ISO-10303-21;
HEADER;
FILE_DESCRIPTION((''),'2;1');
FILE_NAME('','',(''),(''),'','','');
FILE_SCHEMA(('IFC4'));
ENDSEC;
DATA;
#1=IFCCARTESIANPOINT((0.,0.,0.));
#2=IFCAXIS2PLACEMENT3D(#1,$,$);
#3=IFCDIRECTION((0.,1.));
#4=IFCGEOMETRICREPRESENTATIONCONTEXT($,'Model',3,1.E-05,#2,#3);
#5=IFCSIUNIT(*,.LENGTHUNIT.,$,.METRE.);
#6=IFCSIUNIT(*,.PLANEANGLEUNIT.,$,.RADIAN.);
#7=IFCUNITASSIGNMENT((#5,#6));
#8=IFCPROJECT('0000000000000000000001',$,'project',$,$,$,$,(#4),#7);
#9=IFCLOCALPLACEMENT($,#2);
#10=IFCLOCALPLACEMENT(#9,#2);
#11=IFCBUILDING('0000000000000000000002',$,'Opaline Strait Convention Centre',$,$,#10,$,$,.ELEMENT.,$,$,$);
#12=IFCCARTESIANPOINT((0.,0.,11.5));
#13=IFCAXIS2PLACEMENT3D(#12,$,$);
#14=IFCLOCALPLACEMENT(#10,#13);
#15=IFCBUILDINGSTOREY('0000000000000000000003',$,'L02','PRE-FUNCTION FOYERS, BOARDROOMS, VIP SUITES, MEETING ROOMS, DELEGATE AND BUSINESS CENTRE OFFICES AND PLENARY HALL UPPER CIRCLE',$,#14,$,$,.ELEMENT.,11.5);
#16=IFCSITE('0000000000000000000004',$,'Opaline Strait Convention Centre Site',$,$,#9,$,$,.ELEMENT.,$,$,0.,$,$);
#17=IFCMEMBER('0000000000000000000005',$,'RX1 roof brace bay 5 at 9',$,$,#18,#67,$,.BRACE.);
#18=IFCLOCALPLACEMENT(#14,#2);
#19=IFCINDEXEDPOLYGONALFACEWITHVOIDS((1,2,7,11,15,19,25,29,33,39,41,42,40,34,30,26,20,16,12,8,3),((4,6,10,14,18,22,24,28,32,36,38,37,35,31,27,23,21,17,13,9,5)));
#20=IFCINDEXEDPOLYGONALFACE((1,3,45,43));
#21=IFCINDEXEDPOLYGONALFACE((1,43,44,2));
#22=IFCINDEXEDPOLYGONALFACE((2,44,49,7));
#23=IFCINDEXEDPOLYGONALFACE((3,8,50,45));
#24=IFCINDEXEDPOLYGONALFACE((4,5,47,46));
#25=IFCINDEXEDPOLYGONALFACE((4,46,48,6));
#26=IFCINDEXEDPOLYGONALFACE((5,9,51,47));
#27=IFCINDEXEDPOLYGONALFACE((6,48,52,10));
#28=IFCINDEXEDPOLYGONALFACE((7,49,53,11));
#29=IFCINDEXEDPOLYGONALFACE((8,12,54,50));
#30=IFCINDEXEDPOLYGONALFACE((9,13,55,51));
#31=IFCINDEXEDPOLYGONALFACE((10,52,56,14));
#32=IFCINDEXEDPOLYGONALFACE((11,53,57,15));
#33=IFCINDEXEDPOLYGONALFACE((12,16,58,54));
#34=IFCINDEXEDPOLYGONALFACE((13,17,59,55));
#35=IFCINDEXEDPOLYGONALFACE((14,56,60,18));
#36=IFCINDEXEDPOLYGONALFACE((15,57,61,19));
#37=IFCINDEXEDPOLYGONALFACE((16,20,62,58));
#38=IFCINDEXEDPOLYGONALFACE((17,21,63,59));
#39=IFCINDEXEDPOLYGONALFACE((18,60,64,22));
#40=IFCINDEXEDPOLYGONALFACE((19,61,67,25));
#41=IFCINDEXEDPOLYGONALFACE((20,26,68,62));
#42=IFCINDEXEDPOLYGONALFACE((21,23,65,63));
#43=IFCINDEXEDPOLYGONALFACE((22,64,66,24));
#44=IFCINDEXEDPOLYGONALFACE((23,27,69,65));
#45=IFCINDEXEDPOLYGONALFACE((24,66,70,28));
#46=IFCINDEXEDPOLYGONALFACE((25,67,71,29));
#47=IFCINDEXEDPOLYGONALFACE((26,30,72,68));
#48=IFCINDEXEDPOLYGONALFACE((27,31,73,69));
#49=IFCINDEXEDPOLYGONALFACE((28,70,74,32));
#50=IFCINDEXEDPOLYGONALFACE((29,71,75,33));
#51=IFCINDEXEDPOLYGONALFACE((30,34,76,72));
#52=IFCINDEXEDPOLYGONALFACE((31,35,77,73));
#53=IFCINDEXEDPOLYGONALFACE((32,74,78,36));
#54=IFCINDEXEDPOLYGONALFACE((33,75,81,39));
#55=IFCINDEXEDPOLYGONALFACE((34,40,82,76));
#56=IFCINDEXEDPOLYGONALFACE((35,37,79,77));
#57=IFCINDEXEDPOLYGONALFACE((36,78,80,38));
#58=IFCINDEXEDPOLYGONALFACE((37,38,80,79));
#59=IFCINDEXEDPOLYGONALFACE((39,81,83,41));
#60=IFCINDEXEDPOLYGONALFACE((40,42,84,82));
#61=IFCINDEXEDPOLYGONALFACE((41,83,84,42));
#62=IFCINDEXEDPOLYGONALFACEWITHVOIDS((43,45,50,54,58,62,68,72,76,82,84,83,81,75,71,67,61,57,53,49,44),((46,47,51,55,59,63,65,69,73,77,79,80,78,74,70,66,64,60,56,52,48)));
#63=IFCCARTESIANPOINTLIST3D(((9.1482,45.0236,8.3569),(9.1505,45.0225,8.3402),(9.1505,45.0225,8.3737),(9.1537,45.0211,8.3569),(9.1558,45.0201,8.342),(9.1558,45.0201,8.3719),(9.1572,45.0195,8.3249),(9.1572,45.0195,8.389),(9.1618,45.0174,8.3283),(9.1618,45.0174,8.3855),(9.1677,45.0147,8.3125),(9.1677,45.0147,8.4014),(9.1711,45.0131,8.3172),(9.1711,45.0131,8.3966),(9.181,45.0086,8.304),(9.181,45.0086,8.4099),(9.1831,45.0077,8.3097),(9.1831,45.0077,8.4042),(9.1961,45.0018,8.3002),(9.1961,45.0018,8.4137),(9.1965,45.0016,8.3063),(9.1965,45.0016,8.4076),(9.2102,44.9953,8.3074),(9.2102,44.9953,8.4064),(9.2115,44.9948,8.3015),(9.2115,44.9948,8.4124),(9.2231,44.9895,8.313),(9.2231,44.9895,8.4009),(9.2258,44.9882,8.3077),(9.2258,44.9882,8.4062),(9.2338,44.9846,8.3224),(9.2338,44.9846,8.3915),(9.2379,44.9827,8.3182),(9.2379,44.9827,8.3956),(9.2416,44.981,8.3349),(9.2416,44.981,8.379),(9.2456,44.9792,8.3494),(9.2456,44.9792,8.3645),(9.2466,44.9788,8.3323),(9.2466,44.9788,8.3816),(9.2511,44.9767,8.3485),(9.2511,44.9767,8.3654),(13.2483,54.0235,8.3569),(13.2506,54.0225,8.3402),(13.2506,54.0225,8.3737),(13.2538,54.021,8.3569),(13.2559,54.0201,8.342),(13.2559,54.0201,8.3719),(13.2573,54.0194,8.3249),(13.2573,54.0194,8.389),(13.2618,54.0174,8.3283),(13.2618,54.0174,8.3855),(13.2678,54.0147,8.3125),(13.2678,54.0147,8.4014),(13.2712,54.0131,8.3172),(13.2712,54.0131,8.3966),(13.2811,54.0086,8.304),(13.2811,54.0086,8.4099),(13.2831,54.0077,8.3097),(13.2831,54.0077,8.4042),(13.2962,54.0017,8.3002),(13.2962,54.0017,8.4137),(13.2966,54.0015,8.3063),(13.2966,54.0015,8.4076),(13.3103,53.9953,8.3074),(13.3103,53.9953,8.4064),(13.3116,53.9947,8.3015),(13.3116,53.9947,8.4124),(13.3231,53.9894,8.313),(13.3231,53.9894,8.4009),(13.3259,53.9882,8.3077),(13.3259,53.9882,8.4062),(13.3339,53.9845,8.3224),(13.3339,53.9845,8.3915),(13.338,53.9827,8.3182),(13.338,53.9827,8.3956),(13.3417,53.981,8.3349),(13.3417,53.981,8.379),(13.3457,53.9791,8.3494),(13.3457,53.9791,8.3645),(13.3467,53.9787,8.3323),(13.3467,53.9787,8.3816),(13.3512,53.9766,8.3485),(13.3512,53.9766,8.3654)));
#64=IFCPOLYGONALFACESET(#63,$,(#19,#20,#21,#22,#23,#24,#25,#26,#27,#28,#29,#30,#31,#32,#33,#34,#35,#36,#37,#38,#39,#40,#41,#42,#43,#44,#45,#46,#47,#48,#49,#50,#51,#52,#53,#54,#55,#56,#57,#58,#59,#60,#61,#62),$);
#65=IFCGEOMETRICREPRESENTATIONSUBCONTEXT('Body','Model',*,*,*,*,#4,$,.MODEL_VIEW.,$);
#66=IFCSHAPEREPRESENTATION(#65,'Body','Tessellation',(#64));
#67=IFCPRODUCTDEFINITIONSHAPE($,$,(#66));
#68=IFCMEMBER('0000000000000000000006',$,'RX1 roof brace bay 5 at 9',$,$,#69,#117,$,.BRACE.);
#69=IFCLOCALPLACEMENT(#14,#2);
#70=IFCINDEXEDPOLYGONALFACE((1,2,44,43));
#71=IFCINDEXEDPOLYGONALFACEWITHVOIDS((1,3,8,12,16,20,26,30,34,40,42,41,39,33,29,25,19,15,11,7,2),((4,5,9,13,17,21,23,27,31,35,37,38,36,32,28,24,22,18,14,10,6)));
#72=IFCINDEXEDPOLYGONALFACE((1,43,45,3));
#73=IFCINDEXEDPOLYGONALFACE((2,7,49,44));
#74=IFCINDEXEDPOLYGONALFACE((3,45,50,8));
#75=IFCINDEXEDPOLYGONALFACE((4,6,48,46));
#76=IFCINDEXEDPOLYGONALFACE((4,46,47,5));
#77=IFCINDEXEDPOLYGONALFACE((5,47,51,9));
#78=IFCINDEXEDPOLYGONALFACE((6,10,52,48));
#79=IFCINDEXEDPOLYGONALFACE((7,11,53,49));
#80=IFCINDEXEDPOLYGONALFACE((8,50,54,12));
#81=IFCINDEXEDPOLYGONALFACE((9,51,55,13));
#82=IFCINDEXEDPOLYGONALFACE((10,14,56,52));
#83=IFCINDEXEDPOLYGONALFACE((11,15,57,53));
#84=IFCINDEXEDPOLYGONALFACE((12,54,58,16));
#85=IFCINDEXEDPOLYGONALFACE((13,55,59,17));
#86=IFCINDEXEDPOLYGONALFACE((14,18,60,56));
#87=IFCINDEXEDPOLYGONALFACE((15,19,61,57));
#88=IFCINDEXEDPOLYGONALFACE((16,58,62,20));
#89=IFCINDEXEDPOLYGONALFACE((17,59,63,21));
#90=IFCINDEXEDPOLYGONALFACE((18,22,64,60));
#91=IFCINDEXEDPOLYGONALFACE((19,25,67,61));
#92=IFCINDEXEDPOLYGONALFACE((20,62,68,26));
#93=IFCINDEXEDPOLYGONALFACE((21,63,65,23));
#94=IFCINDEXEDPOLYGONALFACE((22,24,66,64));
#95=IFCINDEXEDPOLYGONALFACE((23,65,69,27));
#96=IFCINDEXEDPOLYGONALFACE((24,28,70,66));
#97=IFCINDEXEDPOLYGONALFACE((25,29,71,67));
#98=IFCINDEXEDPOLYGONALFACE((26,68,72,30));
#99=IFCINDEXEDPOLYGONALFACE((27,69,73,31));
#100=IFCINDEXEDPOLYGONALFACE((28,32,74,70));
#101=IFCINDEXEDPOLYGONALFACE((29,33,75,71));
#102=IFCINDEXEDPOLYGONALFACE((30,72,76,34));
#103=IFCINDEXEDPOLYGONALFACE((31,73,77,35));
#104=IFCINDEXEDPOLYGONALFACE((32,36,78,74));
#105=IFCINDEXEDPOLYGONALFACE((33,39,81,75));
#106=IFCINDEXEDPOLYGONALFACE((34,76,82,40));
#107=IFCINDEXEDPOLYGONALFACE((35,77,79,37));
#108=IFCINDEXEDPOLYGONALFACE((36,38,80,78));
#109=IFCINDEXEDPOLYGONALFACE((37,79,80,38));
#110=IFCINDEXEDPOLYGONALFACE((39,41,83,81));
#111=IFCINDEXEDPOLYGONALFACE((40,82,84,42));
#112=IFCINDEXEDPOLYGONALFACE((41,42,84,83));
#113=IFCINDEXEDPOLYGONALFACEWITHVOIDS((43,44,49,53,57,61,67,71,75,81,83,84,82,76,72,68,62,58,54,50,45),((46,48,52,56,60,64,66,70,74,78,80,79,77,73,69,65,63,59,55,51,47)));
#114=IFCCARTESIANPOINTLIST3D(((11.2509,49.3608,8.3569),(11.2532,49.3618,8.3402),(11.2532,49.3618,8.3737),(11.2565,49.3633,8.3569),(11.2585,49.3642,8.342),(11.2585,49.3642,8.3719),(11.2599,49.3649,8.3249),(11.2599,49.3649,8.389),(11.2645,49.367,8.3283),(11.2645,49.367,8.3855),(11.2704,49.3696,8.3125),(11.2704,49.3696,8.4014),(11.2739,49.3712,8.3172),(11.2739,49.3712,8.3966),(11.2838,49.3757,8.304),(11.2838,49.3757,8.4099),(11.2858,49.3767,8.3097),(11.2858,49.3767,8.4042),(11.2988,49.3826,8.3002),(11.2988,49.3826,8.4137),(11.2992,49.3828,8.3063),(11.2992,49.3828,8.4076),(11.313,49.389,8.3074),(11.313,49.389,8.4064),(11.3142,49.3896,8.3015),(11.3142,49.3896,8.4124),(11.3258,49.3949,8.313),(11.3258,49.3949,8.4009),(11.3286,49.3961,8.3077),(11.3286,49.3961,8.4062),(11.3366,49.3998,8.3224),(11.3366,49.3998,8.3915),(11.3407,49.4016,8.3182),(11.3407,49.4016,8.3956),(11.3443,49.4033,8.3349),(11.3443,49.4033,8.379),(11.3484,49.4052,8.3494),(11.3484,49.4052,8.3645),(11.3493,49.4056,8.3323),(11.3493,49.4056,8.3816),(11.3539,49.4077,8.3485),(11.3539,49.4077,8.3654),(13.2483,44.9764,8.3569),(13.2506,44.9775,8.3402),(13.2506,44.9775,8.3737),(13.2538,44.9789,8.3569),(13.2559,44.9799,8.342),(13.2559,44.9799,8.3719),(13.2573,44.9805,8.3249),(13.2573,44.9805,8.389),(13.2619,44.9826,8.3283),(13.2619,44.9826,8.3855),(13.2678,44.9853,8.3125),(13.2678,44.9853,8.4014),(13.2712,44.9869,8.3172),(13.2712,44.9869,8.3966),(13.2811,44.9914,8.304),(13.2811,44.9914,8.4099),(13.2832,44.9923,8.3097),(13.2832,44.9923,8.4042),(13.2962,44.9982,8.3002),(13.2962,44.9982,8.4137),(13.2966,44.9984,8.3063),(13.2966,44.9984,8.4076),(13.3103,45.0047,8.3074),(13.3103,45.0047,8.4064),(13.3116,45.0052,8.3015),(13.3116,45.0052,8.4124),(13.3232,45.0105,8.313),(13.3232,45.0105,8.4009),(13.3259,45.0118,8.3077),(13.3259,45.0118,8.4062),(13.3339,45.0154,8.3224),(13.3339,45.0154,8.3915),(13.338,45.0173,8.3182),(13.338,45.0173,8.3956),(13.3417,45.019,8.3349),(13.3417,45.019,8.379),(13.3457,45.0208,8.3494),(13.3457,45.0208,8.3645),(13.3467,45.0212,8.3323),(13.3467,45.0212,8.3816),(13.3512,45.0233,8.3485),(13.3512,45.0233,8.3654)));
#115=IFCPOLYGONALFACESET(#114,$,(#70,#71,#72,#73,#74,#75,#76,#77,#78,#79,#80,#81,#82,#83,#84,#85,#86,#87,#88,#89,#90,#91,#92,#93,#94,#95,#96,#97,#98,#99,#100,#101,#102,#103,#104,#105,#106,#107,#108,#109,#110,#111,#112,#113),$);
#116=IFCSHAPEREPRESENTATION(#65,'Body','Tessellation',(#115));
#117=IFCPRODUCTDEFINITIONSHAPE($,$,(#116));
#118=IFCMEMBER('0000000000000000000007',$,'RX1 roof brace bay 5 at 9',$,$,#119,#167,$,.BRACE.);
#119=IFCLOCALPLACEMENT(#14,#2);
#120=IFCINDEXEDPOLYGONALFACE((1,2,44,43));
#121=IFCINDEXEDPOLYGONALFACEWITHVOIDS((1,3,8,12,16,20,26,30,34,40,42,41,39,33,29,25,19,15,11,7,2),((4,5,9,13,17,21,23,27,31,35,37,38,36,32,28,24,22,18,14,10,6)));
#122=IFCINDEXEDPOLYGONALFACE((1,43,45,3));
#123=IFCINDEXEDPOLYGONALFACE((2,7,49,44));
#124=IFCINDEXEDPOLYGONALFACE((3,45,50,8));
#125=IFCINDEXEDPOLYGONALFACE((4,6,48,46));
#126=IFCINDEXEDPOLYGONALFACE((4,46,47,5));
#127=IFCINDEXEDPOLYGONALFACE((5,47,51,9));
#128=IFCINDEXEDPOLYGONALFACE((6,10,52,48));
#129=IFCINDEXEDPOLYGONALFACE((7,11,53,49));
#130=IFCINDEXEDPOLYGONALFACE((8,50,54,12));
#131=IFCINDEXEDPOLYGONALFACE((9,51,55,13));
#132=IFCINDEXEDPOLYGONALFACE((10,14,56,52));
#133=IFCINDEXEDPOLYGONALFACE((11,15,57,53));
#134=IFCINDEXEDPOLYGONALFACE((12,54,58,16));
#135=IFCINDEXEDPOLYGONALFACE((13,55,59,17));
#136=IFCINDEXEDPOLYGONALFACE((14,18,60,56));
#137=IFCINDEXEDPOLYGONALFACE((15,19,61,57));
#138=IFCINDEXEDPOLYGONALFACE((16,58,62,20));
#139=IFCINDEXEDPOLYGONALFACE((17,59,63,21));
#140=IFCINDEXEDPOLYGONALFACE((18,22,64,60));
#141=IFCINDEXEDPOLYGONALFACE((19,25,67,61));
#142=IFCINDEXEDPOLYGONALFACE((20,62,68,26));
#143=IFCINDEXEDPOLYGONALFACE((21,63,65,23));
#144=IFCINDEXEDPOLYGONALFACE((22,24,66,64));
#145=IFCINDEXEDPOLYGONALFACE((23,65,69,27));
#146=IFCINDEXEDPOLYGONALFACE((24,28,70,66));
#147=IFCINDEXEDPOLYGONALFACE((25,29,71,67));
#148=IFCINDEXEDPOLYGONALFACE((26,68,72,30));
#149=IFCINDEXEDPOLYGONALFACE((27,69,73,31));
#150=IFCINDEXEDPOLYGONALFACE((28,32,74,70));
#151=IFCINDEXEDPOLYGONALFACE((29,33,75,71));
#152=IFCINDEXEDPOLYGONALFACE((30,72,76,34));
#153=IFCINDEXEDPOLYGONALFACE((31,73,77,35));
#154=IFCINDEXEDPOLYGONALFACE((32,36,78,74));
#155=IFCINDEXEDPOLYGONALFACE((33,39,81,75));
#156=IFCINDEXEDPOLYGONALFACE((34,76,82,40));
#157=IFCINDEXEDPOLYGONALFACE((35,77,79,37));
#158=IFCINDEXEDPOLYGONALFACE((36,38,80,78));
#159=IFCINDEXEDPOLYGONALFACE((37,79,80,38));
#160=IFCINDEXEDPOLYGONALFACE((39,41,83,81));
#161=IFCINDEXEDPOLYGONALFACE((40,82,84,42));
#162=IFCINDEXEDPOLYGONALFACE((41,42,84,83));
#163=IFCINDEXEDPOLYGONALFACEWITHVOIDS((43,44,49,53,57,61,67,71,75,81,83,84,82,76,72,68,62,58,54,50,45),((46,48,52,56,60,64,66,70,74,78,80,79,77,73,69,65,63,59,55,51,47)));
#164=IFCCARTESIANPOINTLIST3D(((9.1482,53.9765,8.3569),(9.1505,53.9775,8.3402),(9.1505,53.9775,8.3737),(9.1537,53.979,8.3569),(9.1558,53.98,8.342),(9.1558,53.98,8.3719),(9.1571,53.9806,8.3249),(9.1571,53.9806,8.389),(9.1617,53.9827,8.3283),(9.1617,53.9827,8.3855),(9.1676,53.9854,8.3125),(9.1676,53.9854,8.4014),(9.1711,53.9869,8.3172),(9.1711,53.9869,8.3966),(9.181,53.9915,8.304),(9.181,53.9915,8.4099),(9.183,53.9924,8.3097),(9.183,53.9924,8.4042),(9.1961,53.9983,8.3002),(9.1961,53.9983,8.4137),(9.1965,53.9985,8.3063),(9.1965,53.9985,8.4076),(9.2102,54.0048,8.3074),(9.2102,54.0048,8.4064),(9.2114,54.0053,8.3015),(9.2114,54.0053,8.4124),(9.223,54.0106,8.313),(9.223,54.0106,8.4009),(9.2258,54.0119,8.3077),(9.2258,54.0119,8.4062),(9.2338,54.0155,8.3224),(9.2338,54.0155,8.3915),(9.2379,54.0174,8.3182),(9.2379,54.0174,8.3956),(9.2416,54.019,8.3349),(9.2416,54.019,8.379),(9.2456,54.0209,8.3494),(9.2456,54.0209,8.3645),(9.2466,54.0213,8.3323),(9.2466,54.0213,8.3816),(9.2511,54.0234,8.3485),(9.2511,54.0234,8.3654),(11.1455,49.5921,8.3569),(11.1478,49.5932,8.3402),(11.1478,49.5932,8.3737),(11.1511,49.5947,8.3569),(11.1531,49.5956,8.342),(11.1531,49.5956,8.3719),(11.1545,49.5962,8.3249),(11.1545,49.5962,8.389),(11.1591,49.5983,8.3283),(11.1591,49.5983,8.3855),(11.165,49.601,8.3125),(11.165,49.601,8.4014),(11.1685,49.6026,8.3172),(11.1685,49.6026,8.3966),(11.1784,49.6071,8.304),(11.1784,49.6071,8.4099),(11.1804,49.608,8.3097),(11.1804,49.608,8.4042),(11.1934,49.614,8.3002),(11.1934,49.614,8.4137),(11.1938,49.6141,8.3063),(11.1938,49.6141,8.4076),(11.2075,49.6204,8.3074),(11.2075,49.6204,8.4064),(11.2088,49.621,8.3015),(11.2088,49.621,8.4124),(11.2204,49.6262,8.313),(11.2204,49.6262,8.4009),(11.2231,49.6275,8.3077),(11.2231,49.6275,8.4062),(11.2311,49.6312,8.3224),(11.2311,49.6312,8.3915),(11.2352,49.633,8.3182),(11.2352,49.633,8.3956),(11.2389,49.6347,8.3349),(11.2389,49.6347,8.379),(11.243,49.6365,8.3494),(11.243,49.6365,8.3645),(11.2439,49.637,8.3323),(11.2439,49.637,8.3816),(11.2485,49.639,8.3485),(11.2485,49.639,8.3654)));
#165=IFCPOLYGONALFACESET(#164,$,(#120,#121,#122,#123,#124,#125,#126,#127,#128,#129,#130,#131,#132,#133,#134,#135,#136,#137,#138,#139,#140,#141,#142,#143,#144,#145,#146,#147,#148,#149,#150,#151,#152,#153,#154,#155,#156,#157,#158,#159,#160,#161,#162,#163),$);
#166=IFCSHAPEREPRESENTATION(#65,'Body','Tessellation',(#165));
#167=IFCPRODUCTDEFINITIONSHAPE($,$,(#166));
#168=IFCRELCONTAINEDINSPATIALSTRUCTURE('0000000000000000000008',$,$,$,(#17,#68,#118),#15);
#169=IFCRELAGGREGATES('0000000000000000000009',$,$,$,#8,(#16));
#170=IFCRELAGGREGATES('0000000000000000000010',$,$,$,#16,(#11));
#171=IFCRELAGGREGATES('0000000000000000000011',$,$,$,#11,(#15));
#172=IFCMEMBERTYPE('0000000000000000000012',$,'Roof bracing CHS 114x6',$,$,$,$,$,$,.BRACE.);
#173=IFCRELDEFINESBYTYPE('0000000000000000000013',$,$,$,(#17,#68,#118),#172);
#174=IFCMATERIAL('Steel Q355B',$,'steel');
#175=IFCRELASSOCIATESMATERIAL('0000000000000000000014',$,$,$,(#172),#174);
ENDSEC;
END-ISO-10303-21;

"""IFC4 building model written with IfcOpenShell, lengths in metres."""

from ifc_helpers import new_model, si_unit, direction, frame, origin, origin_2d, place, context, subcontext, project, spatial, hollow_circle, extrude, material, material_profile, profile_set, type_object, element, save


model = new_model("IFC4")

# Units and contexts
model_context = context("Model", 3, precision=1e-05, world=origin(), true_north=direction((0.0, 1.0)))
body_context = subcontext(model_context, "Body", "Model", "MODEL_VIEW")
ifc_project = project(units=[si_unit("LENGTHUNIT", "METRE"), si_unit("PLANEANGLEUNIT", "RADIAN")], contexts=[model_context])

# Site, building, storey
site_placement = place(None, origin())
site = spatial("IfcSite", under=ifc_project, at=site_placement, Name="Opaline Strait Convention Centre Site", CompositionType="ELEMENT", RefElevation=0.0)
building_placement = place(site_placement, origin())
building = spatial("IfcBuilding", under=site, at=building_placement, Name="Opaline Strait Convention Centre", CompositionType="ELEMENT")
storey_placement = place(building_placement, frame((0.0, 0.0, 11.5)))
storey = spatial("IfcBuildingStorey", under=building, at=storey_placement, Name="L02", Description="PRE-FUNCTION FOYERS, BOARDROOMS, VIP SUITES, MEETING ROOMS, DELEGATE AND BUSINESS CENTRE OFFICES AND PLENARY HALL UPPER CIRCLE", CompositionType="ELEMENT", Elevation=11.5)

# Shared definitions
ifc_material_1 = material(Name="Steel Q355B", Category="steel")

# Members
ifc_material_profile_1 = material_profile(ifc_material_1, hollow_circle(Radius=0.0569, WallThickness=0.0061, at=origin_2d()), Name="CHS 114x6")
ifc_profile_set_1 = profile_set([ifc_material_profile_1], Name="Steel Q355B")
member_type_1 = type_object("IfcMemberType", Name="Roof bracing CHS 114x6", PredefinedType="BRACE", material=ifc_profile_set_1)
member_1_placement = place(storey_placement, frame((9.2, 45.0, 8.3569), z_axis=(0.414573, 0.910016, 0.0), x_axis=(-0.910016, 0.414573, 0.0)))
element("IfcMember", 1, at=member_1_placement, inside=storey, type_object=member_type_1, Name="RX1 roof brace bay 5 at 9", PredefinedType="BRACE", context=body_context, shape_type="SweptSolid", body=[
    extrude(hollow_circle(Radius=0.0569, WallThickness=0.0061, at=origin_2d()), origin(), (0.0, 0.0, 1.0), 9.8899),
])
for number, where, z_axis, x_axis, name in (
    (2, (13.3, 45.0, 8.3569), (-0.41457, 0.910017, 0.0), (-0.910017, -0.41457, 0.0), "RX1 roof brace bay 5 at 9"),
    (3, (11.1973, 49.6157, 8.3569), (-0.41457, 0.910017, 0.0), (-0.910017, -0.41457, 0.0), "RX1 roof brace bay 5 at 9"),
):
    element("IfcMember", number, at=place(storey_placement, frame(where, z_axis=z_axis, x_axis=x_axis)), inside=storey, type_object=member_type_1, Name=name, PredefinedType="BRACE", context=body_context, shape_type="SweptSolid", body=[
        extrude(hollow_circle(Radius=0.0569, WallThickness=0.0061, at=origin_2d()), origin(), (0.0, 0.0, 1.0), 4.8179),
    ])

save(model, "model.ifc")
